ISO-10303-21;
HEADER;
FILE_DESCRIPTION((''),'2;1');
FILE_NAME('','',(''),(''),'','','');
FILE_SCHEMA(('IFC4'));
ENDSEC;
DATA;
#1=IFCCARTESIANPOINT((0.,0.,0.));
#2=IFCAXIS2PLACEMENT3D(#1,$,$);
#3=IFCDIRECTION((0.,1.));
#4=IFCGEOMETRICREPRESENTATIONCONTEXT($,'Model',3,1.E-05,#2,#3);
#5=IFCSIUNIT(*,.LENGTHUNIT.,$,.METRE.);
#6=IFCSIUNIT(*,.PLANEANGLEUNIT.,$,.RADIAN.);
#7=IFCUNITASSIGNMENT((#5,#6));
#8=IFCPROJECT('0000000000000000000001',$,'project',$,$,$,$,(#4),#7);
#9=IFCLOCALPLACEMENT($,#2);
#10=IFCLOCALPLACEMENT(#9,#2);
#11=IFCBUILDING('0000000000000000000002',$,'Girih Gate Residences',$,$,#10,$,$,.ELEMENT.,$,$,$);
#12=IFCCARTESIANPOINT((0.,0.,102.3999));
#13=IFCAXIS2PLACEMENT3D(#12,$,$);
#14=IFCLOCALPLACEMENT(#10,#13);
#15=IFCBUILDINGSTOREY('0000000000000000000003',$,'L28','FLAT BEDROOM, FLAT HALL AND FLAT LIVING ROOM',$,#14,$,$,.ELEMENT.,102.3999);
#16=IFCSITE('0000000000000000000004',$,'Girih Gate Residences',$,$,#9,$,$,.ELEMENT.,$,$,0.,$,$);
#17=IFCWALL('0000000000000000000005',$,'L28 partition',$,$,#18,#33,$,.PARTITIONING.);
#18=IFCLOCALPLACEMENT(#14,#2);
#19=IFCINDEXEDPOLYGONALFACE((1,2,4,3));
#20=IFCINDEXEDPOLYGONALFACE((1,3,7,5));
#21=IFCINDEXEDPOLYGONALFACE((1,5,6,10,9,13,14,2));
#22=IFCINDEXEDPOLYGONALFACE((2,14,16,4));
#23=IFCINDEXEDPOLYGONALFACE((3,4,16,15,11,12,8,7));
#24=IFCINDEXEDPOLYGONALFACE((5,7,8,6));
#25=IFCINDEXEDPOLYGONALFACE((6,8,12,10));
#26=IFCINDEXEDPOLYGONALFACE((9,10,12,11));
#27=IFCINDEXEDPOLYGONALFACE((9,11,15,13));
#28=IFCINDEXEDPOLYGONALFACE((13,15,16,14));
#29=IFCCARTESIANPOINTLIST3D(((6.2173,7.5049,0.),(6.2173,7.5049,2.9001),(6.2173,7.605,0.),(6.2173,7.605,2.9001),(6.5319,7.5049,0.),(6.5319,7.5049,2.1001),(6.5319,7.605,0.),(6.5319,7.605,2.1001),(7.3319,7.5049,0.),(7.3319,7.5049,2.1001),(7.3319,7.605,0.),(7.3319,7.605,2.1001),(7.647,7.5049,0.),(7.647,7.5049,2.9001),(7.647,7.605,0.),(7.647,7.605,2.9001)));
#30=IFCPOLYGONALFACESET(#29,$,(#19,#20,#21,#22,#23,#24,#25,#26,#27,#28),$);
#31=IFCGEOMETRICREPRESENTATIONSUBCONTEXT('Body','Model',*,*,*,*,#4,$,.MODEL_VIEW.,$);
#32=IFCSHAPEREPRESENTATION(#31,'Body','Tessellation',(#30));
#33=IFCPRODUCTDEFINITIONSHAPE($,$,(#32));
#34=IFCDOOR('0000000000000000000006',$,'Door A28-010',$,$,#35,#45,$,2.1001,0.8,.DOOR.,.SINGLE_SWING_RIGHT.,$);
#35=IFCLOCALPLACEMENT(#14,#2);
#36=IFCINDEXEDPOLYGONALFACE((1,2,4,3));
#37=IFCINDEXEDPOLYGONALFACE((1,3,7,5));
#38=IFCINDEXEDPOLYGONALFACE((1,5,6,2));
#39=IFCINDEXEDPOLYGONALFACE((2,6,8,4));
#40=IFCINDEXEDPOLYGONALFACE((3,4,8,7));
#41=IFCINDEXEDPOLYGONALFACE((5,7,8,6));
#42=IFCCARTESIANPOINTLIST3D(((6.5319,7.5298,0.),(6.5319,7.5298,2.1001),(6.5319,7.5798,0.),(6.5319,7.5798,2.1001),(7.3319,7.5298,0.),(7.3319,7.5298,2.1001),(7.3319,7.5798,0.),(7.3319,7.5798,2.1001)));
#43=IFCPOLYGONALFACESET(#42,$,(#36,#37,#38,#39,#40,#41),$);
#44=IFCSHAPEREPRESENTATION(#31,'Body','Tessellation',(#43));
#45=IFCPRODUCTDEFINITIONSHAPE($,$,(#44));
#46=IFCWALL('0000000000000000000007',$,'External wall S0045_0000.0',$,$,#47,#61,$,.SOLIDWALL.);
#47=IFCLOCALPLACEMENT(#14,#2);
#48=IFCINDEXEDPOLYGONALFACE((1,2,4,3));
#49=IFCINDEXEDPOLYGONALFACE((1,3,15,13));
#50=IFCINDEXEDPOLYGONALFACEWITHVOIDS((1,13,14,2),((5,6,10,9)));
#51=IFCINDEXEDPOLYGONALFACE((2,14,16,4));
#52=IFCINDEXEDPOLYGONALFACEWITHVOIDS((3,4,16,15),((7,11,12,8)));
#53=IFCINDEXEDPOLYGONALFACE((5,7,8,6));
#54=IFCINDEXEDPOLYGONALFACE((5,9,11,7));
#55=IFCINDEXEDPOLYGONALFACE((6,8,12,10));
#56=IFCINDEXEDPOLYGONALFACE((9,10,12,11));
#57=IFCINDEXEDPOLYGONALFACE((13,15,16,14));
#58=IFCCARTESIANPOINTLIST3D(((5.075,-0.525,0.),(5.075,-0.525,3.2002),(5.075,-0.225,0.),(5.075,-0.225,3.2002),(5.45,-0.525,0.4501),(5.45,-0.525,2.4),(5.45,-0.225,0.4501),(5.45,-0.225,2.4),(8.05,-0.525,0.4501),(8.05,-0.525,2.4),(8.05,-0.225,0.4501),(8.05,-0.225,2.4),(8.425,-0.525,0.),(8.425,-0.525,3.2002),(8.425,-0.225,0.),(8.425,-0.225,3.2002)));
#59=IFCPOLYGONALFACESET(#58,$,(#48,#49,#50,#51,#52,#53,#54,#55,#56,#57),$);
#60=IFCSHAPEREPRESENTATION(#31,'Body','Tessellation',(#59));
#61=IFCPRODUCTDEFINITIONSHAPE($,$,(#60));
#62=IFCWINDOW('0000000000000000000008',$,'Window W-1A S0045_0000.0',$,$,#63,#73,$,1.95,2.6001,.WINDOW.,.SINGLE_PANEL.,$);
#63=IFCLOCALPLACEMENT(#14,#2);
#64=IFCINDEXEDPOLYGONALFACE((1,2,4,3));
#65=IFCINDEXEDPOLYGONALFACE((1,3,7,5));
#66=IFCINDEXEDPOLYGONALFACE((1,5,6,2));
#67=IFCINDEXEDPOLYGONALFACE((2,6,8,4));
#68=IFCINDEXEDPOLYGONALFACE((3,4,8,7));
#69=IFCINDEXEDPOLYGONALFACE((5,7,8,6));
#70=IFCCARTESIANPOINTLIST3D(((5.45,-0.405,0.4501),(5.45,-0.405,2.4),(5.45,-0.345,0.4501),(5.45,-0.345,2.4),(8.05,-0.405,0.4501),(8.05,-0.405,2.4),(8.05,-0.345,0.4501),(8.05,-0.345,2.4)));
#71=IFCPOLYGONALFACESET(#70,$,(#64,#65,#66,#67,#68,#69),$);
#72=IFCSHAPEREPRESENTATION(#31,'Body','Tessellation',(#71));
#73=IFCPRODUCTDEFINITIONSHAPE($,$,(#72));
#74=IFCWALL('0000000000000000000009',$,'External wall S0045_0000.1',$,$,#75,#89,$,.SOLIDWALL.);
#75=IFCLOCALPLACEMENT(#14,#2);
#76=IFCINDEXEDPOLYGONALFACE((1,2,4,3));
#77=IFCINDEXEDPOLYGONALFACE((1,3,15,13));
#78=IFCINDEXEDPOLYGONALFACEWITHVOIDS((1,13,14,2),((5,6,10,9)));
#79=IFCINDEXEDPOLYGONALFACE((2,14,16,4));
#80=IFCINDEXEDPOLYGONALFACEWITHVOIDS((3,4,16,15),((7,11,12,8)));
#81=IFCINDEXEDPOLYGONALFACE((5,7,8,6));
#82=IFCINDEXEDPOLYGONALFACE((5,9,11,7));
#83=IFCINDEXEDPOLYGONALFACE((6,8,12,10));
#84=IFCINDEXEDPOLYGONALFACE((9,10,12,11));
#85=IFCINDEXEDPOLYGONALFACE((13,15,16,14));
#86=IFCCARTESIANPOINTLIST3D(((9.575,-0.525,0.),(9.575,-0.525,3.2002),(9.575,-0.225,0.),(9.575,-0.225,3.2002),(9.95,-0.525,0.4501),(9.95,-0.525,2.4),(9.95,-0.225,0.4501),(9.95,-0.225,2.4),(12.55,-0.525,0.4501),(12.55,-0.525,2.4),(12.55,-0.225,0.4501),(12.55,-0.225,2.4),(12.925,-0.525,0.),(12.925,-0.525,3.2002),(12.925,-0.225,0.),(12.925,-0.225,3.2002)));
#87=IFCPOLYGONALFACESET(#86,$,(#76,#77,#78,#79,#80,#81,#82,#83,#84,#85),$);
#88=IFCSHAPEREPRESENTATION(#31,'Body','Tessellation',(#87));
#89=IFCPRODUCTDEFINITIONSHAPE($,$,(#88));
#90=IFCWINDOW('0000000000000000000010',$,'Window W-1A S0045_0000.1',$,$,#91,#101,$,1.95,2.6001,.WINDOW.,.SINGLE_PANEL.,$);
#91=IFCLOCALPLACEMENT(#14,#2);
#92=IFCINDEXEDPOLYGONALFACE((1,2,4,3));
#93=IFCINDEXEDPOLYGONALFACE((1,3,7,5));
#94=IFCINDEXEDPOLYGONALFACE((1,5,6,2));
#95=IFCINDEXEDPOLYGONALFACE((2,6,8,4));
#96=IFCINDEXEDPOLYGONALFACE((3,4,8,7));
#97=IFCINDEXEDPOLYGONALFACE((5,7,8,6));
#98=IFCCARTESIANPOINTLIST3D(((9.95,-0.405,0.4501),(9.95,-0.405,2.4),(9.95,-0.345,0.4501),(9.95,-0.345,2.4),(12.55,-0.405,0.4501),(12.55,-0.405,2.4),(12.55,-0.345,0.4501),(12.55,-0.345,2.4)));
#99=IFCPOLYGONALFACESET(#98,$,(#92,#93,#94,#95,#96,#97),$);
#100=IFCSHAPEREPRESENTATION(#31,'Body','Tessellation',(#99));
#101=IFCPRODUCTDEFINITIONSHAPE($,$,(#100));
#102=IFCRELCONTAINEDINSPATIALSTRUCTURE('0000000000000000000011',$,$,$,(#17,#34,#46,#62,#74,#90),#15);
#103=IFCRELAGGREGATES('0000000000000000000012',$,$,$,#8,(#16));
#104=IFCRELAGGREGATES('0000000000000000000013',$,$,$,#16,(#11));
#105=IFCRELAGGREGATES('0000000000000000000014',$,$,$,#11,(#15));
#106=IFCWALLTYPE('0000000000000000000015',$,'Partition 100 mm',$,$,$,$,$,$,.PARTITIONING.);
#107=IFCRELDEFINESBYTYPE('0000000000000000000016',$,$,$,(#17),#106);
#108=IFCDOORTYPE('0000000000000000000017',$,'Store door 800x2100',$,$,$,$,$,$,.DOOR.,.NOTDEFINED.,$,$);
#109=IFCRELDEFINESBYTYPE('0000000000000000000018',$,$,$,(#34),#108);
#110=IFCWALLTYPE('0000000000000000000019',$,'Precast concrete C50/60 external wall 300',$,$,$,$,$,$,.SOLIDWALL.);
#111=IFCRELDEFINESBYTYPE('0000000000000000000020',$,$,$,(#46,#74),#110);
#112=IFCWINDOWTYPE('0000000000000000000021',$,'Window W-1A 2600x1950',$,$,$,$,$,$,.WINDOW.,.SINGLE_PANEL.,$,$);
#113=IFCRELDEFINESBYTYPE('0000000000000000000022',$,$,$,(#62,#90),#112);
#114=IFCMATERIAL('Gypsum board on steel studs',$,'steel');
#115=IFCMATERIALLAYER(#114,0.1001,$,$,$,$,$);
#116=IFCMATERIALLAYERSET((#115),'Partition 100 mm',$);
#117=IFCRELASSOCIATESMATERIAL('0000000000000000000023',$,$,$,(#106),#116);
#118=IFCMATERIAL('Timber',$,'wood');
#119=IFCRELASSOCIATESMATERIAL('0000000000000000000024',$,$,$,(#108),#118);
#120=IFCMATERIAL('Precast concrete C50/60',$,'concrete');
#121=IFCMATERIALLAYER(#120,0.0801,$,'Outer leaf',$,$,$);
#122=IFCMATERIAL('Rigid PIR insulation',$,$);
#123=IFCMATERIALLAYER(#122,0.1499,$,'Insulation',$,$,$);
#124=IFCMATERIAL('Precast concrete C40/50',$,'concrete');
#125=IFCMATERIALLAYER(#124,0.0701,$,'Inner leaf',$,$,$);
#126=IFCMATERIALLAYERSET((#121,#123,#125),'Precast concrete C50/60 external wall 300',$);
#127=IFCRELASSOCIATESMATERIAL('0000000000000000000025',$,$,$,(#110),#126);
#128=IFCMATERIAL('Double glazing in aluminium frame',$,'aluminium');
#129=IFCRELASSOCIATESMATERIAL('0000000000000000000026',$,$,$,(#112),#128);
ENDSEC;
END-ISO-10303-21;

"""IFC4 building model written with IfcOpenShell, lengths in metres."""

from ifc_helpers import new_model, si_unit, direction, frame, frame_2d, origin, place, context, subcontext, project, spatial, rectangle, extrude, material, layer, layer_set, type_object, element, fill, save


model = new_model("IFC4")

# Units and contexts
model_context = context("Model", 3, precision=1e-05, world=origin(), true_north=direction((0.0, 1.0)))
body_context = subcontext(model_context, "Body", "Model", "MODEL_VIEW")
ifc_project = project(units=[si_unit("LENGTHUNIT", "METRE"), si_unit("PLANEANGLEUNIT", "RADIAN")], contexts=[model_context])

# Site, building, storey
site_placement = place(None, origin())
site = spatial("IfcSite", under=ifc_project, at=site_placement, Name="Girih Gate Residences", CompositionType="ELEMENT", RefElevation=0.0)
building_placement = place(site_placement, origin())
building = spatial("IfcBuilding", under=site, at=building_placement, Name="Girih Gate Residences", CompositionType="ELEMENT")
storey_placement = place(building_placement, frame((0.0, 0.0, 102.3999)))
storey = spatial("IfcBuildingStorey", under=building, at=storey_placement, Name="L28", Description="FLAT BEDROOM, FLAT HALL AND FLAT LIVING ROOM", CompositionType="ELEMENT", Elevation=102.3999)

# Shared definitions
ifc_material_1 = material(Name="Gypsum board on steel studs", Category="steel")
ifc_layer_1 = layer(ifc_material_1, 0.1001)
ifc_layer_set_1 = layer_set([ifc_layer_1], Name="Partition 100 mm")
wall_type_1 = type_object("IfcWallType", Name="Partition 100 mm", PredefinedType="PARTITIONING", material=ifc_layer_set_1)

# Shared definitions
ifc_material_2 = material(Name="Timber", Category="wood")

# Wall, opening, door
door_type_1 = type_object("IfcDoorType", Name="Store door 800x2100", OperationType="NOTDEFINED", PredefinedType="DOOR", material=ifc_material_2)
wall_1_placement = place(storey_placement, frame((6.2173, 7.5549, 0.0), z_axis=(0.0, 0.0, 1.0), x_axis=(1.0, 0.0, 0.0)))
wall_1 = element("IfcWall", 1, at=wall_1_placement, inside=storey, type_object=wall_type_1, Name="L28 partition", PredefinedType="PARTITIONING", context=body_context, shape_type="SweptSolid", body=[
    extrude(rectangle(XDim=1.4297, YDim=0.1001, at=frame_2d((0.7148, 0.0))), origin(), (0.0, 0.0, 1.0), 2.9001),
])
opening_1_placement = place(wall_1_placement, frame((0.3147, 0.0, 0.0)))
opening_1 = element("IfcOpeningElement", 2, at=opening_1_placement, cuts=wall_1, PredefinedType="OPENING", context=body_context, shape_type="SweptSolid", body=[
    extrude(rectangle(XDim=0.8, YDim=2.1001, at=frame_2d((0.3999, 1.05))), frame((0.0, 0.0601, 0.0), z_axis=(0.0, -1.0, 0.0), x_axis=(1.0, 0.0, 0.0)), (0.0, 0.0, 1.0), 0.1201),
])
door_1_placement = place(opening_1_placement, origin())
door_1 = element("IfcDoor", 3, at=door_1_placement, inside=storey, type_object=door_type_1, Name="Door A28-010", OperationType="SINGLE_SWING_RIGHT", OverallHeight=2.1001, OverallWidth=0.8, PredefinedType="DOOR", context=body_context, shape_type="SweptSolid", body=[
    extrude(rectangle(XDim=0.8, YDim=2.1001, at=frame_2d((0.3999, 1.05))), frame((0.0, 0.0249, 0.0), z_axis=(0.0, -1.0, 0.0), x_axis=(1.0, 0.0, 0.0)), (0.0, 0.0, 1.0), 0.05),
])
fill(opening_1, door_1)

# Walls, openings, windows
ifc_material_3 = material(Name="Precast concrete C50/60", Category="concrete")
ifc_layer_2 = layer(ifc_material_3, 0.0801, Name="Outer leaf")
ifc_material_4 = material(Name="Rigid PIR insulation")
ifc_layer_3 = layer(ifc_material_4, 0.1499, Name="Insulation")
ifc_material_5 = material(Name="Precast concrete C40/50", Category="concrete")
ifc_layer_4 = layer(ifc_material_5, 0.0701, Name="Inner leaf")
ifc_layer_set_2 = layer_set([ifc_layer_2, ifc_layer_3, ifc_layer_4], Name="Precast concrete C50/60 external wall 300")
wall_type_2 = type_object("IfcWallType", Name="Precast concrete C50/60 external wall 300", PredefinedType="SOLIDWALL", material=ifc_layer_set_2)
wall_2_placement = place(storey_placement, frame((8.425, -0.375, 0.0), z_axis=(0.0, 0.0, 1.0), x_axis=(-1.0, 0.0, 0.0)))
wall_2 = element("IfcWall", 4, at=wall_2_placement, inside=storey, type_object=wall_type_2, Name="External wall S0045_0000.0", PredefinedType="SOLIDWALL", context=body_context, shape_type="SweptSolid", body=[
    extrude(rectangle(XDim=3.3501, YDim=0.3, at=frame_2d((1.675, 0.0))), origin(), (0.0, 0.0, 1.0), 3.2002),
])
opening_2_placement = place(wall_2_placement, frame((0.375, 0.0, 0.45)))
opening_2 = element("IfcOpeningElement", 5, at=opening_2_placement, cuts=wall_2, PredefinedType="OPENING", context=body_context, shape_type="SweptSolid", body=[
    extrude(rectangle(XDim=2.6001, YDim=1.95, at=frame_2d((1.3, 0.9751))), frame((0.0, 0.1599, 0.0), z_axis=(0.0, -1.0, 0.0), x_axis=(1.0, 0.0, 0.0)), (0.0, 0.0, 1.0), 0.3201),
])
ifc_material_6 = material(Name="Double glazing in aluminium frame", Category="aluminium")
window_type = type_object("IfcWindowType", Name="Window W-1A 2600x1950", PartitioningType="SINGLE_PANEL", PredefinedType="WINDOW", material=ifc_material_6)
window_1_placement = place(opening_2_placement, origin())
window_1 = element("IfcWindow", 6, at=window_1_placement, inside=storey, type_object=window_type, Name="Window W-1A S0045_0000.0", OverallHeight=1.95, OverallWidth=2.6001, PartitioningType="SINGLE_PANEL", PredefinedType="WINDOW", context=body_context, shape_type="SweptSolid", body=[
    extrude(rectangle(XDim=2.6001, YDim=1.95, at=frame_2d((1.3, 0.9751))), frame((0.0, 0.03, 0.0), z_axis=(0.0, -1.0, 0.0), x_axis=(1.0, 0.0, 0.0)), (0.0, 0.0, 1.0), 0.0601),
])
fill(opening_2, window_1)
wall_3_placement = place(storey_placement, frame((12.925, -0.375, 0.0), z_axis=(0.0, 0.0, 1.0), x_axis=(-1.0, 0.0, 0.0)))
wall_3 = element("IfcWall", 7, at=wall_3_placement, inside=storey, type_object=wall_type_2, Name="External wall S0045_0000.1", PredefinedType="SOLIDWALL", context=body_context, shape_type="SweptSolid", body=[
    extrude(rectangle(XDim=3.3501, YDim=0.3, at=frame_2d((1.675, 0.0))), origin(), (0.0, 0.0, 1.0), 3.2002),
])
opening_3_placement = place(wall_3_placement, frame((0.375, 0.0, 0.45)))
opening_3 = element("IfcOpeningElement", 8, at=opening_3_placement, cuts=wall_3, PredefinedType="OPENING", context=body_context, shape_type="SweptSolid", body=[
    extrude(rectangle(XDim=2.6001, YDim=1.95, at=frame_2d((1.3, 0.9751))), frame((0.0, 0.1599, 0.0), z_axis=(0.0, -1.0, 0.0), x_axis=(1.0, 0.0, 0.0)), (0.0, 0.0, 1.0), 0.3201),
])
window_2_placement = place(opening_3_placement, origin())
window_2 = element("IfcWindow", 9, at=window_2_placement, inside=storey, type_object=window_type, Name="Window W-1A S0045_0000.1", OverallHeight=1.95, OverallWidth=2.6001, PartitioningType="SINGLE_PANEL", PredefinedType="WINDOW", context=body_context, shape_type="SweptSolid", body=[
    extrude(rectangle(XDim=2.6001, YDim=1.95, at=frame_2d((1.3, 0.9751))), frame((0.0, 0.03, 0.0), z_axis=(0.0, -1.0, 0.0), x_axis=(1.0, 0.0, 0.0)), (0.0, 0.0, 1.0), 0.0601),
])
fill(opening_3, window_2)

save(model, "model.ifc")
